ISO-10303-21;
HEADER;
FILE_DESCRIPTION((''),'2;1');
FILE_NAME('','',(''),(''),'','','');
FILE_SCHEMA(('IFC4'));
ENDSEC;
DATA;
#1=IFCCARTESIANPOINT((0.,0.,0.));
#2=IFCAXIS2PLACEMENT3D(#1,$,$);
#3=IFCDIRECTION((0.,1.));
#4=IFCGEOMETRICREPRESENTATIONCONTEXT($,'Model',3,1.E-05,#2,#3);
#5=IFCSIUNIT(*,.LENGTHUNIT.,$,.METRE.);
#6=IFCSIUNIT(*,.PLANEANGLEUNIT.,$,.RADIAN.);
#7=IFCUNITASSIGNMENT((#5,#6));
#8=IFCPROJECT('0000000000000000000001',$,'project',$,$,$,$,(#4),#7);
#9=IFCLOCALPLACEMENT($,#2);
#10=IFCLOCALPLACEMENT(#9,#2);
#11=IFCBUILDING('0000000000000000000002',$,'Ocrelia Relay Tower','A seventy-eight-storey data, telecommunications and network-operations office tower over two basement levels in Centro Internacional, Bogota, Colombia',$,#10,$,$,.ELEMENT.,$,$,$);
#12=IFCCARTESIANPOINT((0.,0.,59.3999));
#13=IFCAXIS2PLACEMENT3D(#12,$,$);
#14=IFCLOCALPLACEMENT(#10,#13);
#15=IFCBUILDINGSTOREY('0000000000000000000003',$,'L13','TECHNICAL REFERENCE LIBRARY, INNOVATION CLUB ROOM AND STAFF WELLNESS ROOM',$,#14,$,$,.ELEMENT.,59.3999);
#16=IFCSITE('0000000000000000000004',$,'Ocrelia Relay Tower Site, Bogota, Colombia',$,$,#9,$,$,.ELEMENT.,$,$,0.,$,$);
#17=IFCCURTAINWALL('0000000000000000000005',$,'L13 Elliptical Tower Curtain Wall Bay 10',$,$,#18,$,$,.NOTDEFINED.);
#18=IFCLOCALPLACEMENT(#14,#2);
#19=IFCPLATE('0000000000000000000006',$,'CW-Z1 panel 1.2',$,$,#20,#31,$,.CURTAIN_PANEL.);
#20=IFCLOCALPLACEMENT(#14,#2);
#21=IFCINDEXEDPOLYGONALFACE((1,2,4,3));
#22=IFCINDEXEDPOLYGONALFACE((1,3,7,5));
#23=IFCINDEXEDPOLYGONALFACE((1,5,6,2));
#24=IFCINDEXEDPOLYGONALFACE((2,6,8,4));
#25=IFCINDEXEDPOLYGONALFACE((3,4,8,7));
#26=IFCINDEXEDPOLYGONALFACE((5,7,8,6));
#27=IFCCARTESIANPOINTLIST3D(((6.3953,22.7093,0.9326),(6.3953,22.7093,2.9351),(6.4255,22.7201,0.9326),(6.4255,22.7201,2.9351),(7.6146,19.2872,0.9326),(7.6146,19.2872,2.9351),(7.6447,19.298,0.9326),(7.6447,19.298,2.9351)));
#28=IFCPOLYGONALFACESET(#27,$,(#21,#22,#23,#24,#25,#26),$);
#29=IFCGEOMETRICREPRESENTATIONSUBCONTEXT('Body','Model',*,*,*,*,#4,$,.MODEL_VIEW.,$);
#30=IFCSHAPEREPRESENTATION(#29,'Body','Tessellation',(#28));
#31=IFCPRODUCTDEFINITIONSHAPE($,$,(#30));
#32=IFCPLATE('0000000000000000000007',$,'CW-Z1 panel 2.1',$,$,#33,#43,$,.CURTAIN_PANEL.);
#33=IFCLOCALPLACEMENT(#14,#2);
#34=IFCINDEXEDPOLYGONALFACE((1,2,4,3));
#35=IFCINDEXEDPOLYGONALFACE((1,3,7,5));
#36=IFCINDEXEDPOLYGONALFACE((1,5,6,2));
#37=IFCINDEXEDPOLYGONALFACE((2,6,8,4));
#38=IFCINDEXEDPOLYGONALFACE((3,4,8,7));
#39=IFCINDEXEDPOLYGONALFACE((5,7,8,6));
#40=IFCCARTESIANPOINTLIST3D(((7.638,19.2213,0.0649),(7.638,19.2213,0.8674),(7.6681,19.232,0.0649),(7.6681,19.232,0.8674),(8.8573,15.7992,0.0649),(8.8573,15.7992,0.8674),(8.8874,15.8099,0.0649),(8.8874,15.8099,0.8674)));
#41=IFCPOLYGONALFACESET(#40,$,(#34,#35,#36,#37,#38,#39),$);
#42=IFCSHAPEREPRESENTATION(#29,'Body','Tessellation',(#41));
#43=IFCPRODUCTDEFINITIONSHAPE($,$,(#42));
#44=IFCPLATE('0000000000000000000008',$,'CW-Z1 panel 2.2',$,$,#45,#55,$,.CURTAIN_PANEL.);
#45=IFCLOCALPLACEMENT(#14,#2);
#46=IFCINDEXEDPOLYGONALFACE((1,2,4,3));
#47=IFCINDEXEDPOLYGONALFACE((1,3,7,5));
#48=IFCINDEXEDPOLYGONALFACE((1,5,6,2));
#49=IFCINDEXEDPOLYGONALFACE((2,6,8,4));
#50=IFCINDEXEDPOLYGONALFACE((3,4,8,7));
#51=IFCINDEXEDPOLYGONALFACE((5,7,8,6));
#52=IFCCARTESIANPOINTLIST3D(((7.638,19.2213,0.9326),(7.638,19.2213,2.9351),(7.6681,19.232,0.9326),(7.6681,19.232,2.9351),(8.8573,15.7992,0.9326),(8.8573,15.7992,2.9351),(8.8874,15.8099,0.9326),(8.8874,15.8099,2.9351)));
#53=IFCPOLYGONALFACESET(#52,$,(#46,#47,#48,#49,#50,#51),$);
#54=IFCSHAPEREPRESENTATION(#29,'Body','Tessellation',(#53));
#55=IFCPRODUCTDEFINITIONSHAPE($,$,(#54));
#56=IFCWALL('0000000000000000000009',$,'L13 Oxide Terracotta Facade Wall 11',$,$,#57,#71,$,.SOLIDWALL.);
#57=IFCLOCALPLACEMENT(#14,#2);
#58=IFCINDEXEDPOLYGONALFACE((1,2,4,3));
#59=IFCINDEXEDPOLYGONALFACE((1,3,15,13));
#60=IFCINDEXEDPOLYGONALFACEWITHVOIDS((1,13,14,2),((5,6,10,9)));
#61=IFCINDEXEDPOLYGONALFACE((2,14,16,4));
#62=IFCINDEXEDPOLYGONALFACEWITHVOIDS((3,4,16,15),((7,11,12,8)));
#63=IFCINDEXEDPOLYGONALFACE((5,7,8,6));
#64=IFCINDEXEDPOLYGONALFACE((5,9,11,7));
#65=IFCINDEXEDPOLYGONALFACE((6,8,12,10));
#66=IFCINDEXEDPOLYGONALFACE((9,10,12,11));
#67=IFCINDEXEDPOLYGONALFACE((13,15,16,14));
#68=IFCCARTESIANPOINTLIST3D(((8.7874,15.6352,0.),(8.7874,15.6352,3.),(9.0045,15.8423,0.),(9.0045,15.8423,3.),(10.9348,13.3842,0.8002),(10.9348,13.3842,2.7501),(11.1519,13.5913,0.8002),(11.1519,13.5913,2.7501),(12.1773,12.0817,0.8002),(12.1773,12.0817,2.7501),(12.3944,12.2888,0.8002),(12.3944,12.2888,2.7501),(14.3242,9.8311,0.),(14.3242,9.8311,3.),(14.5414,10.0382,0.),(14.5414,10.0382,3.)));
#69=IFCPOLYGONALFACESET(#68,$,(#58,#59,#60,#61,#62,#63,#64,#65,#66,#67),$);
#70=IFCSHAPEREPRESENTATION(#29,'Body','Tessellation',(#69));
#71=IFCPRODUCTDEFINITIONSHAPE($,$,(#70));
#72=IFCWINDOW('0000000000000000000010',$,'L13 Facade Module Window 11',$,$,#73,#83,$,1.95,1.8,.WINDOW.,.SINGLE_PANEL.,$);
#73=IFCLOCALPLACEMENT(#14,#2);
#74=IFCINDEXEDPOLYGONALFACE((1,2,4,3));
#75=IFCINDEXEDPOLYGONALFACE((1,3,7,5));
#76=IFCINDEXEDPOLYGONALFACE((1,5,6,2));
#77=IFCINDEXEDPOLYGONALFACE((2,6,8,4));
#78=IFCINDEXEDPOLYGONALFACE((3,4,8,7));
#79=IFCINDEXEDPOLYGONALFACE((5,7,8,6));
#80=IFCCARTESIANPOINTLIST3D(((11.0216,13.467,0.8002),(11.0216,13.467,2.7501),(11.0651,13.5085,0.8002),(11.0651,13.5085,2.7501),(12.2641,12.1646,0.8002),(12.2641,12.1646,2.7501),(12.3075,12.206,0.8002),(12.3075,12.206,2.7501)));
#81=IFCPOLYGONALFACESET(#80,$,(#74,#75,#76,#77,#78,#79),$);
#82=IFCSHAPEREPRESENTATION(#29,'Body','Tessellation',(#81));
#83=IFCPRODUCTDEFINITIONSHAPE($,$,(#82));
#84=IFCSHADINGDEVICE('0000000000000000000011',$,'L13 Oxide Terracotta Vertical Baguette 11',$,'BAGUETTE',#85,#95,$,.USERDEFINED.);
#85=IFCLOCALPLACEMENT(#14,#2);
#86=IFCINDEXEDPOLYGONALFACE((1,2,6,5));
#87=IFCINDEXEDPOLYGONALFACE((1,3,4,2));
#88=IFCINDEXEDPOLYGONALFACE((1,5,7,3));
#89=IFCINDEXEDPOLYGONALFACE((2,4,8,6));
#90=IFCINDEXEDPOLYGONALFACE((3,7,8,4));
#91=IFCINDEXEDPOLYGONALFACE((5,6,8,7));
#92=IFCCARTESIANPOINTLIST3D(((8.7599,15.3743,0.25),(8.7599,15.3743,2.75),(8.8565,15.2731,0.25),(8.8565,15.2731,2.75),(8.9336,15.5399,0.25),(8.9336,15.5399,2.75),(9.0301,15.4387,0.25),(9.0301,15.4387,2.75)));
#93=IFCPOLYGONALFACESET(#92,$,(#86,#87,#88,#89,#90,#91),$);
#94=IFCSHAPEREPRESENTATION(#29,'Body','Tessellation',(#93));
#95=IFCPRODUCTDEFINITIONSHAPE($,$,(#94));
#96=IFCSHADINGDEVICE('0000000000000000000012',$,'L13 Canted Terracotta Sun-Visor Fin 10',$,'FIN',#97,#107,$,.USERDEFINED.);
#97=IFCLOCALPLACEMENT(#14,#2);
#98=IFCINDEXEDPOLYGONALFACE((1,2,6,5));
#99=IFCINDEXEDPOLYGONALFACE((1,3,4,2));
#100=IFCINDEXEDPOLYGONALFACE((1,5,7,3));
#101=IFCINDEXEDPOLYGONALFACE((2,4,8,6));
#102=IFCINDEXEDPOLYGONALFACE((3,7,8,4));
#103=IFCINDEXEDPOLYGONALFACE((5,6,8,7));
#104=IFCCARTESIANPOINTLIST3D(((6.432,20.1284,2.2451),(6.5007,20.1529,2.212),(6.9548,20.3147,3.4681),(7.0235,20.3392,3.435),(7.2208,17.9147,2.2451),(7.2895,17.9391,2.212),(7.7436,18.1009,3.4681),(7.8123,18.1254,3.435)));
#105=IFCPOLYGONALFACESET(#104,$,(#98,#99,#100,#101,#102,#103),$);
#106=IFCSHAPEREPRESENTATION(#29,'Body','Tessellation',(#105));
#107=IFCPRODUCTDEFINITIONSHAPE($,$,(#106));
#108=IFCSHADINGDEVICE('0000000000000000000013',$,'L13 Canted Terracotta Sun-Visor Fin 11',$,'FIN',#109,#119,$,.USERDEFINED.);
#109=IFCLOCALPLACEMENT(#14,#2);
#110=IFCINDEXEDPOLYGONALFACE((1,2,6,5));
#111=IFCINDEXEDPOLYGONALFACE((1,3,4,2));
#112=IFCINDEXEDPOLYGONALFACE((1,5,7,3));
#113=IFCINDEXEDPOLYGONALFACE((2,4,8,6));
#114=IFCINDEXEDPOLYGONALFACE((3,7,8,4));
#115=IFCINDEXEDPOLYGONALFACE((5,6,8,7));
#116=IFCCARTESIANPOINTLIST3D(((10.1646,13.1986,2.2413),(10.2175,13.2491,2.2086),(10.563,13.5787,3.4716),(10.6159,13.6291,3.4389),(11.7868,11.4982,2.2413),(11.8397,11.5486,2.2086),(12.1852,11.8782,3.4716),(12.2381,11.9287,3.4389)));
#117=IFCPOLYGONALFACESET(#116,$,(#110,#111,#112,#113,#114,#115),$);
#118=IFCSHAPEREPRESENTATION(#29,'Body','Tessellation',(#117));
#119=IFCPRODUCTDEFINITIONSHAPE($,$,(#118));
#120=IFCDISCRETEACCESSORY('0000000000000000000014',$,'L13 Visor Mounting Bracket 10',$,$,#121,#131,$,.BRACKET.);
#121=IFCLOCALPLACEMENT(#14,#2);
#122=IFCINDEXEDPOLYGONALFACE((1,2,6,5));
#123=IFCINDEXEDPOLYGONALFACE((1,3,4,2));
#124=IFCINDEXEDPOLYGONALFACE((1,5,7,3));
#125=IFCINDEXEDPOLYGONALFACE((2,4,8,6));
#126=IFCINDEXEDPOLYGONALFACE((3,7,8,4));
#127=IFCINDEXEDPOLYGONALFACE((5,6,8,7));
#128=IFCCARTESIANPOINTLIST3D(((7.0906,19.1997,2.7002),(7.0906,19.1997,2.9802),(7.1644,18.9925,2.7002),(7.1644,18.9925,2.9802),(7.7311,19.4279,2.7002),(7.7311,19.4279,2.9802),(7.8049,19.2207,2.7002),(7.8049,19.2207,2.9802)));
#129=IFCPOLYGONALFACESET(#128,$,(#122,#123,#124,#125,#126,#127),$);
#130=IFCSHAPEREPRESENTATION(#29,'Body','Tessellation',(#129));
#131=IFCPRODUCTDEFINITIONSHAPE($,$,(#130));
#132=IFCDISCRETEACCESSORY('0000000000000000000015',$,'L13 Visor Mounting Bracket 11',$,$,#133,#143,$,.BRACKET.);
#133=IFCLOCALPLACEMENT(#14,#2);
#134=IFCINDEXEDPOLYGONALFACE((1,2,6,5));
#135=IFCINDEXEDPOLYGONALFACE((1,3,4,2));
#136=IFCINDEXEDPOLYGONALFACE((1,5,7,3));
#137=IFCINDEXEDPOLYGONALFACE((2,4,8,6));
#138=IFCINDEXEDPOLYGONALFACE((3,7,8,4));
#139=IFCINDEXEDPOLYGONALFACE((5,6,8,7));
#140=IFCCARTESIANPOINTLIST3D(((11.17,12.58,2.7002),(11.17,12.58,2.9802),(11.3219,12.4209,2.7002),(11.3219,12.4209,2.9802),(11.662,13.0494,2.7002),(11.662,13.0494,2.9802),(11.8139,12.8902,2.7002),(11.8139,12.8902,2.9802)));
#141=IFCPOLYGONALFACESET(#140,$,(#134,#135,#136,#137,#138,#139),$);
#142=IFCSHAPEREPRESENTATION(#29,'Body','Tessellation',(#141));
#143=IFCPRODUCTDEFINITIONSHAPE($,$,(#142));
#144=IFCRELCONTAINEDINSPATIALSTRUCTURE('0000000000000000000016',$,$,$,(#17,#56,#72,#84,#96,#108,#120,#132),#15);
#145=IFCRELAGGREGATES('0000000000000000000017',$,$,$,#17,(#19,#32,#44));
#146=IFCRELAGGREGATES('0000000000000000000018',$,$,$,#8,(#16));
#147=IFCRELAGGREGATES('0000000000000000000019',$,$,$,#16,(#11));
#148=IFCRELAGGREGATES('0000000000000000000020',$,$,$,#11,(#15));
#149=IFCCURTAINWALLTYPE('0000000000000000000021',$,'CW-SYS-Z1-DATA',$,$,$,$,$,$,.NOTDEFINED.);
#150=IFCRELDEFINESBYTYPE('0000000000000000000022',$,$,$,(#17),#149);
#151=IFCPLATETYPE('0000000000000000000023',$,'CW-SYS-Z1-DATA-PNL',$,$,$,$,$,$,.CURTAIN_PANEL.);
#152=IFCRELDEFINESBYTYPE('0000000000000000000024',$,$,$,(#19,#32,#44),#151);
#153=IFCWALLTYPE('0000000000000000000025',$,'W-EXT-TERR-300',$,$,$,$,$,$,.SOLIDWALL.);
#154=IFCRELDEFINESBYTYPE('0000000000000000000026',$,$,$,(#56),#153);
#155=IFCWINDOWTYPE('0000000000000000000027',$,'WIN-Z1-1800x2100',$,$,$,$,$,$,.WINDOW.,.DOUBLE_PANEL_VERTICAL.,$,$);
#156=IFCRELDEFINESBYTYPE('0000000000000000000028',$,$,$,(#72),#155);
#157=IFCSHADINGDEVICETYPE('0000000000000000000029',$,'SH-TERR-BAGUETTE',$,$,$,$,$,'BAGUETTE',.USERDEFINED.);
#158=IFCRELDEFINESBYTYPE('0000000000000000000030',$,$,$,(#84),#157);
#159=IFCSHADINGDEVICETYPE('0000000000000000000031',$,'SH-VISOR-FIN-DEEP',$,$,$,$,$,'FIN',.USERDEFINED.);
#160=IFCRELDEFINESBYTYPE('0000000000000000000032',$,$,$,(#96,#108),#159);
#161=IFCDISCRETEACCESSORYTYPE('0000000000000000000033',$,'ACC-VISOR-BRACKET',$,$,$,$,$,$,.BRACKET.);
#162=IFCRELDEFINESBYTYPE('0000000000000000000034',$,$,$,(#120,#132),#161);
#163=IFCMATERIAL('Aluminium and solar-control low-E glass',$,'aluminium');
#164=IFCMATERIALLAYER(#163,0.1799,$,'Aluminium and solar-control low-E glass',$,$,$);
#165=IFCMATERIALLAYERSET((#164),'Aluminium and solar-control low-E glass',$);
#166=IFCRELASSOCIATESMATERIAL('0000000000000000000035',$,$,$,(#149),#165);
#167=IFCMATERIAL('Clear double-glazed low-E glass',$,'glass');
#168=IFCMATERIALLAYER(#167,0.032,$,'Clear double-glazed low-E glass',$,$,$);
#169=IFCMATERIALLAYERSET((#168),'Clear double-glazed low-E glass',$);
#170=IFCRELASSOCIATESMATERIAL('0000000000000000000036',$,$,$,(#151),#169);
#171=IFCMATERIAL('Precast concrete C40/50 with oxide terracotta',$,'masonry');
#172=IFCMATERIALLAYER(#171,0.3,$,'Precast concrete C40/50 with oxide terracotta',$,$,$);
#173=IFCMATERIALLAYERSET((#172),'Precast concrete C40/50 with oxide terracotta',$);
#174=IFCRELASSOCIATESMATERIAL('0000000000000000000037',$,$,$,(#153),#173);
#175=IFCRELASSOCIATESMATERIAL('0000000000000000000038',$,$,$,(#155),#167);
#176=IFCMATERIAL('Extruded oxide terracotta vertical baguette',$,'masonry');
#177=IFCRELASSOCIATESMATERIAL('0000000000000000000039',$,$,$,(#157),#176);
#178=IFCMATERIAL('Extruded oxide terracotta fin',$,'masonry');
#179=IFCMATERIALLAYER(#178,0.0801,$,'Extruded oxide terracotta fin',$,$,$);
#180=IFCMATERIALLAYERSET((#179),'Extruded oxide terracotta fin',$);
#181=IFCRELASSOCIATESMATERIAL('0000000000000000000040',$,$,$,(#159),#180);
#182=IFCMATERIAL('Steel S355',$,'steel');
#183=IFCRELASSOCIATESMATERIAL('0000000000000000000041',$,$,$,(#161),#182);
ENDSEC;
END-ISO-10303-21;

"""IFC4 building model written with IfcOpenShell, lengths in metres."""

from ifc_helpers import new_model, si_unit, direction, frame, frame_2d, origin, origin_2d, place, context, subcontext, project, spatial, rectangle, extrude, material, layer, layer_set, type_object, element, fill, aggregate, save


model = new_model("IFC4")

# Units and contexts
model_context = context("Model", 3, precision=1e-05, world=origin(), true_north=direction((0.0, 1.0)))
body_context = subcontext(model_context, "Body", "Model", "MODEL_VIEW")
ifc_project = project(units=[si_unit("LENGTHUNIT", "METRE"), si_unit("PLANEANGLEUNIT", "RADIAN")], contexts=[model_context])

# Site, building, storey
site_placement = place(None, origin())
site = spatial("IfcSite", under=ifc_project, at=site_placement, Name="Ocrelia Relay Tower Site, Bogota, Colombia", CompositionType="ELEMENT", RefElevation=0.0)
building_placement = place(site_placement, origin())
building = spatial("IfcBuilding", under=site, at=building_placement, Name="Ocrelia Relay Tower", Description="A seventy-eight-storey data, telecommunications and network-operations office tower over two basement levels in Centro Internacional, Bogota, Colombia", CompositionType="ELEMENT")
storey_placement = place(building_placement, frame((0.0, 0.0, 59.3999)))
storey = spatial("IfcBuildingStorey", under=building, at=storey_placement, Name="L13", Description="TECHNICAL REFERENCE LIBRARY, INNOVATION CLUB ROOM AND STAFF WELLNESS ROOM", CompositionType="ELEMENT", Elevation=59.3999)

# Shared definitions
ifc_material_1 = material(Name="Aluminium and solar-control low-E glass", Category="aluminium")
ifc_layer_1 = layer(ifc_material_1, 0.1799, Name="Aluminium and solar-control low-E glass")
ifc_layer_set_1 = layer_set([ifc_layer_1], Name="Aluminium and solar-control low-E glass")
curtain_wall_type = type_object("IfcCurtainWallType", Name="CW-SYS-Z1-DATA", PredefinedType="NOTDEFINED", material=ifc_layer_set_1)

# Curtain wall, plates
curtain_wall_1_placement = place(storey_placement, origin())
curtain_wall_1 = element("IfcCurtainWall", 1, at=curtain_wall_1_placement, inside=storey, type_object=curtain_wall_type, Name="L13 Elliptical Tower Curtain Wall Bay 10", PredefinedType="NOTDEFINED")
ifc_material_2 = material(Name="Clear double-glazed low-E glass", Category="glass")
ifc_layer_2 = layer(ifc_material_2, 0.032, Name="Clear double-glazed low-E glass")
ifc_layer_set_2 = layer_set([ifc_layer_2], Name="Clear double-glazed low-E glass")
plate_type = type_object("IfcPlateType", Name="CW-SYS-Z1-DATA-PNL", PredefinedType="CURTAIN_PANEL", material=ifc_layer_set_2)
plate_1_placement = place(storey_placement, frame((7.02, 21.0037, 0.9326), z_axis=(0.0, 0.0, 1.0), x_axis=(0.335621, -0.941997, 0.0)))
plate_1 = element("IfcPlate", 2, at=plate_1_placement, type_object=plate_type, Name="CW-Z1 panel 1.2", PredefinedType="CURTAIN_PANEL", context=body_context, shape_type="SweptSolid", body=[
    extrude(rectangle(XDim=3.6328, YDim=0.032, at=origin_2d()), origin(), (0.0, 0.0, 1.0), 2.0024),
])
plate_2_placement = place(storey_placement, frame((8.2627, 17.5156, 0.0649), z_axis=(0.0, 0.0, 1.0), x_axis=(0.335621, -0.941997, 0.0)))
plate_2 = element("IfcPlate", 3, at=plate_2_placement, type_object=plate_type, Name="CW-Z1 panel 2.1", PredefinedType="CURTAIN_PANEL", context=body_context, shape_type="SweptSolid", body=[
    extrude(rectangle(XDim=3.6328, YDim=0.032, at=origin_2d()), origin(), (0.0, 0.0, 1.0), 0.8025),
])
plate_3_placement = place(storey_placement, frame((8.2627, 17.5156, 0.9326), z_axis=(0.0, 0.0, 1.0), x_axis=(0.335621, -0.941997, 0.0)))
plate_3 = element("IfcPlate", 4, at=plate_3_placement, type_object=plate_type, Name="CW-Z1 panel 2.2", PredefinedType="CURTAIN_PANEL", context=body_context, shape_type="SweptSolid", body=[
    extrude(rectangle(XDim=3.6328, YDim=0.032, at=origin_2d()), origin(), (0.0, 0.0, 1.0), 2.0024),
])
aggregate(curtain_wall_1, [plate_1, plate_2, plate_3])

# Wall, opening, window
ifc_material_3 = material(Name="Precast concrete C40/50 with oxide terracotta", Category="masonry")
ifc_layer_3 = layer(ifc_material_3, 0.3, Name="Precast concrete C40/50 with oxide terracotta")
ifc_layer_set_3 = layer_set([ifc_layer_3], Name="Precast concrete C40/50 with oxide terracotta")
wall_type = type_object("IfcWallType", Name="W-EXT-TERR-300", PredefinedType="SOLIDWALL", material=ifc_layer_set_3)
wall_placement = place(storey_placement, frame((8.896, 15.7388, 0.0), z_axis=(0.0, 0.0, 1.0), x_axis=(0.690247, -0.723574, 0.0)))
wall = element("IfcWall", 5, at=wall_placement, inside=storey, type_object=wall_type, Name="L13 Oxide Terracotta Facade Wall 11", PredefinedType="SOLIDWALL", context=body_context, shape_type="SweptSolid", body=[
    extrude(rectangle(XDim=8.0215, YDim=0.3, at=frame_2d((4.0107, 0.0))), origin(), (0.0, 0.0, 1.0), 3.0),
])
opening_placement = place(wall_placement, frame((3.1111, 0.0, 0.8)))
opening = element("IfcOpeningElement", 6, at=opening_placement, cuts=wall, PredefinedType="OPENING", context=body_context, shape_type="SweptSolid", body=[
    extrude(rectangle(XDim=1.8, YDim=1.95, at=frame_2d((0.8999, 0.9751))), frame((0.0, 0.1602, 0.0), z_axis=(0.0, -1.0, 0.0), x_axis=(1.0, 0.0, 0.0)), (0.0, 0.0, 1.0), 0.3201),
])
window_type = type_object("IfcWindowType", Name="WIN-Z1-1800x2100", PartitioningType="DOUBLE_PANEL_VERTICAL", PredefinedType="WINDOW", material=ifc_material_2)
window_placement = place(opening_placement, origin())
window = element("IfcWindow", 7, at=window_placement, inside=storey, type_object=window_type, Name="L13 Facade Module Window 11", OverallHeight=1.95, OverallWidth=1.8, PartitioningType="SINGLE_PANEL", PredefinedType="WINDOW", context=body_context, shape_type="SweptSolid", body=[
    extrude(rectangle(XDim=1.8, YDim=1.95, at=frame_2d((0.8999, 0.9751))), frame((0.0, 0.03, 0.0), z_axis=(0.0, -1.0, 0.0), x_axis=(1.0, 0.0, 0.0)), (0.0, 0.0, 1.0), 0.0601),
])
fill(opening, window)

# Shading devices
ifc_material_4 = material(Name="Extruded oxide terracotta vertical baguette", Category="masonry")
shading_device_type_1 = type_object("IfcShadingDeviceType", Name="SH-TERR-BAGUETTE", ElementType="BAGUETTE", PredefinedType="USERDEFINED", material=ifc_material_4)
shading_device_1_placement = place(storey_placement, frame((8.895, 15.4065, 0.25), z_axis=(0.0, 0.0, 1.0), x_axis=(0.690249, -0.723572, 0.0)))
element("IfcShadingDevice", 8, at=shading_device_1_placement, inside=storey, type_object=shading_device_type_1, Name="L13 Oxide Terracotta Vertical Baguette 11", ObjectType="BAGUETTE", PredefinedType="USERDEFINED", context=body_context, shape_type="SweptSolid", body=[
    extrude(rectangle(XDim=0.1399, YDim=0.24, at=origin_2d()), origin(), (0.0, 0.0, 1.0), 2.5),
])
ifc_material_5 = material(Name="Extruded oxide terracotta fin", Category="masonry")
ifc_layer_4 = layer(ifc_material_5, 0.0801, Name="Extruded oxide terracotta fin")
ifc_layer_set_4 = layer_set([ifc_layer_4], Name="Extruded oxide terracotta fin")
shading_device_type_2 = type_object("IfcShadingDeviceType", Name="SH-VISOR-FIN-DEEP", ElementType="FIN", PredefinedType="USERDEFINED", material=ifc_layer_set_4)
shading_device_2_placement = place(storey_placement, frame((7.1565, 19.1392, 2.8235), z_axis=(-0.857793, -0.30562, 0.413263), x_axis=(0.335621, -0.941997, 0.0)))
element("IfcShadingDevice", 9, at=shading_device_2_placement, inside=storey, type_object=shading_device_type_2, Name="L13 Canted Terracotta Sun-Visor Fin 10", ObjectType="FIN", PredefinedType="USERDEFINED", context=body_context, shape_type="SweptSolid", body=[
    extrude(rectangle(XDim=2.3501, YDim=1.343, at=origin_2d()), origin(), (0.0, 0.0, 1.0), 0.0801),
])
shading_device_3_placement = place(storey_placement, frame((11.2278, 12.5889, 2.8237), z_axis=(-0.660449, -0.630034, 0.40849), x_axis=(0.690249, -0.723572, 0.0)))
element("IfcShadingDevice", 10, at=shading_device_3_placement, inside=storey, type_object=shading_device_type_2, Name="L13 Canted Terracotta Sun-Visor Fin 11", ObjectType="FIN", PredefinedType="USERDEFINED", context=body_context, shape_type="SweptSolid", body=[
    extrude(rectangle(XDim=2.3501, YDim=1.3479, at=origin_2d()), origin(), (0.0, 0.0, 1.0), 0.0801),
])

# Discrete accessories
ifc_material_6 = material(Name="Steel S355", Category="steel")
discrete_accessory_type = type_object("IfcDiscreteAccessoryType", Name="ACC-VISOR-BRACKET", PredefinedType="BRACKET", material=ifc_material_6)
for number, where, z_axis, x_axis, name in (
    (11, (7.4478, 19.2102, 2.7002), (0.0, 0.0, 1.0), (0.335621, -0.941997, 0.0), "L13 Visor Mounting Bracket 10"),
    (12, (11.4919, 12.7351, 2.7002), (0.0, 0.0, 1.0), (0.690249, -0.723572, 0.0), "L13 Visor Mounting Bracket 11"),
):
    element("IfcDiscreteAccessory", number, at=place(storey_placement, frame(where, z_axis=z_axis, x_axis=x_axis)), inside=storey, type_object=discrete_accessory_type, Name=name, PredefinedType="BRACKET", context=body_context, shape_type="SweptSolid", body=[
        extrude(rectangle(XDim=0.22, YDim=0.6799, at=origin_2d()), origin(), (0.0, 0.0, 1.0), 0.28),
    ])

save(model, "model.ifc")
